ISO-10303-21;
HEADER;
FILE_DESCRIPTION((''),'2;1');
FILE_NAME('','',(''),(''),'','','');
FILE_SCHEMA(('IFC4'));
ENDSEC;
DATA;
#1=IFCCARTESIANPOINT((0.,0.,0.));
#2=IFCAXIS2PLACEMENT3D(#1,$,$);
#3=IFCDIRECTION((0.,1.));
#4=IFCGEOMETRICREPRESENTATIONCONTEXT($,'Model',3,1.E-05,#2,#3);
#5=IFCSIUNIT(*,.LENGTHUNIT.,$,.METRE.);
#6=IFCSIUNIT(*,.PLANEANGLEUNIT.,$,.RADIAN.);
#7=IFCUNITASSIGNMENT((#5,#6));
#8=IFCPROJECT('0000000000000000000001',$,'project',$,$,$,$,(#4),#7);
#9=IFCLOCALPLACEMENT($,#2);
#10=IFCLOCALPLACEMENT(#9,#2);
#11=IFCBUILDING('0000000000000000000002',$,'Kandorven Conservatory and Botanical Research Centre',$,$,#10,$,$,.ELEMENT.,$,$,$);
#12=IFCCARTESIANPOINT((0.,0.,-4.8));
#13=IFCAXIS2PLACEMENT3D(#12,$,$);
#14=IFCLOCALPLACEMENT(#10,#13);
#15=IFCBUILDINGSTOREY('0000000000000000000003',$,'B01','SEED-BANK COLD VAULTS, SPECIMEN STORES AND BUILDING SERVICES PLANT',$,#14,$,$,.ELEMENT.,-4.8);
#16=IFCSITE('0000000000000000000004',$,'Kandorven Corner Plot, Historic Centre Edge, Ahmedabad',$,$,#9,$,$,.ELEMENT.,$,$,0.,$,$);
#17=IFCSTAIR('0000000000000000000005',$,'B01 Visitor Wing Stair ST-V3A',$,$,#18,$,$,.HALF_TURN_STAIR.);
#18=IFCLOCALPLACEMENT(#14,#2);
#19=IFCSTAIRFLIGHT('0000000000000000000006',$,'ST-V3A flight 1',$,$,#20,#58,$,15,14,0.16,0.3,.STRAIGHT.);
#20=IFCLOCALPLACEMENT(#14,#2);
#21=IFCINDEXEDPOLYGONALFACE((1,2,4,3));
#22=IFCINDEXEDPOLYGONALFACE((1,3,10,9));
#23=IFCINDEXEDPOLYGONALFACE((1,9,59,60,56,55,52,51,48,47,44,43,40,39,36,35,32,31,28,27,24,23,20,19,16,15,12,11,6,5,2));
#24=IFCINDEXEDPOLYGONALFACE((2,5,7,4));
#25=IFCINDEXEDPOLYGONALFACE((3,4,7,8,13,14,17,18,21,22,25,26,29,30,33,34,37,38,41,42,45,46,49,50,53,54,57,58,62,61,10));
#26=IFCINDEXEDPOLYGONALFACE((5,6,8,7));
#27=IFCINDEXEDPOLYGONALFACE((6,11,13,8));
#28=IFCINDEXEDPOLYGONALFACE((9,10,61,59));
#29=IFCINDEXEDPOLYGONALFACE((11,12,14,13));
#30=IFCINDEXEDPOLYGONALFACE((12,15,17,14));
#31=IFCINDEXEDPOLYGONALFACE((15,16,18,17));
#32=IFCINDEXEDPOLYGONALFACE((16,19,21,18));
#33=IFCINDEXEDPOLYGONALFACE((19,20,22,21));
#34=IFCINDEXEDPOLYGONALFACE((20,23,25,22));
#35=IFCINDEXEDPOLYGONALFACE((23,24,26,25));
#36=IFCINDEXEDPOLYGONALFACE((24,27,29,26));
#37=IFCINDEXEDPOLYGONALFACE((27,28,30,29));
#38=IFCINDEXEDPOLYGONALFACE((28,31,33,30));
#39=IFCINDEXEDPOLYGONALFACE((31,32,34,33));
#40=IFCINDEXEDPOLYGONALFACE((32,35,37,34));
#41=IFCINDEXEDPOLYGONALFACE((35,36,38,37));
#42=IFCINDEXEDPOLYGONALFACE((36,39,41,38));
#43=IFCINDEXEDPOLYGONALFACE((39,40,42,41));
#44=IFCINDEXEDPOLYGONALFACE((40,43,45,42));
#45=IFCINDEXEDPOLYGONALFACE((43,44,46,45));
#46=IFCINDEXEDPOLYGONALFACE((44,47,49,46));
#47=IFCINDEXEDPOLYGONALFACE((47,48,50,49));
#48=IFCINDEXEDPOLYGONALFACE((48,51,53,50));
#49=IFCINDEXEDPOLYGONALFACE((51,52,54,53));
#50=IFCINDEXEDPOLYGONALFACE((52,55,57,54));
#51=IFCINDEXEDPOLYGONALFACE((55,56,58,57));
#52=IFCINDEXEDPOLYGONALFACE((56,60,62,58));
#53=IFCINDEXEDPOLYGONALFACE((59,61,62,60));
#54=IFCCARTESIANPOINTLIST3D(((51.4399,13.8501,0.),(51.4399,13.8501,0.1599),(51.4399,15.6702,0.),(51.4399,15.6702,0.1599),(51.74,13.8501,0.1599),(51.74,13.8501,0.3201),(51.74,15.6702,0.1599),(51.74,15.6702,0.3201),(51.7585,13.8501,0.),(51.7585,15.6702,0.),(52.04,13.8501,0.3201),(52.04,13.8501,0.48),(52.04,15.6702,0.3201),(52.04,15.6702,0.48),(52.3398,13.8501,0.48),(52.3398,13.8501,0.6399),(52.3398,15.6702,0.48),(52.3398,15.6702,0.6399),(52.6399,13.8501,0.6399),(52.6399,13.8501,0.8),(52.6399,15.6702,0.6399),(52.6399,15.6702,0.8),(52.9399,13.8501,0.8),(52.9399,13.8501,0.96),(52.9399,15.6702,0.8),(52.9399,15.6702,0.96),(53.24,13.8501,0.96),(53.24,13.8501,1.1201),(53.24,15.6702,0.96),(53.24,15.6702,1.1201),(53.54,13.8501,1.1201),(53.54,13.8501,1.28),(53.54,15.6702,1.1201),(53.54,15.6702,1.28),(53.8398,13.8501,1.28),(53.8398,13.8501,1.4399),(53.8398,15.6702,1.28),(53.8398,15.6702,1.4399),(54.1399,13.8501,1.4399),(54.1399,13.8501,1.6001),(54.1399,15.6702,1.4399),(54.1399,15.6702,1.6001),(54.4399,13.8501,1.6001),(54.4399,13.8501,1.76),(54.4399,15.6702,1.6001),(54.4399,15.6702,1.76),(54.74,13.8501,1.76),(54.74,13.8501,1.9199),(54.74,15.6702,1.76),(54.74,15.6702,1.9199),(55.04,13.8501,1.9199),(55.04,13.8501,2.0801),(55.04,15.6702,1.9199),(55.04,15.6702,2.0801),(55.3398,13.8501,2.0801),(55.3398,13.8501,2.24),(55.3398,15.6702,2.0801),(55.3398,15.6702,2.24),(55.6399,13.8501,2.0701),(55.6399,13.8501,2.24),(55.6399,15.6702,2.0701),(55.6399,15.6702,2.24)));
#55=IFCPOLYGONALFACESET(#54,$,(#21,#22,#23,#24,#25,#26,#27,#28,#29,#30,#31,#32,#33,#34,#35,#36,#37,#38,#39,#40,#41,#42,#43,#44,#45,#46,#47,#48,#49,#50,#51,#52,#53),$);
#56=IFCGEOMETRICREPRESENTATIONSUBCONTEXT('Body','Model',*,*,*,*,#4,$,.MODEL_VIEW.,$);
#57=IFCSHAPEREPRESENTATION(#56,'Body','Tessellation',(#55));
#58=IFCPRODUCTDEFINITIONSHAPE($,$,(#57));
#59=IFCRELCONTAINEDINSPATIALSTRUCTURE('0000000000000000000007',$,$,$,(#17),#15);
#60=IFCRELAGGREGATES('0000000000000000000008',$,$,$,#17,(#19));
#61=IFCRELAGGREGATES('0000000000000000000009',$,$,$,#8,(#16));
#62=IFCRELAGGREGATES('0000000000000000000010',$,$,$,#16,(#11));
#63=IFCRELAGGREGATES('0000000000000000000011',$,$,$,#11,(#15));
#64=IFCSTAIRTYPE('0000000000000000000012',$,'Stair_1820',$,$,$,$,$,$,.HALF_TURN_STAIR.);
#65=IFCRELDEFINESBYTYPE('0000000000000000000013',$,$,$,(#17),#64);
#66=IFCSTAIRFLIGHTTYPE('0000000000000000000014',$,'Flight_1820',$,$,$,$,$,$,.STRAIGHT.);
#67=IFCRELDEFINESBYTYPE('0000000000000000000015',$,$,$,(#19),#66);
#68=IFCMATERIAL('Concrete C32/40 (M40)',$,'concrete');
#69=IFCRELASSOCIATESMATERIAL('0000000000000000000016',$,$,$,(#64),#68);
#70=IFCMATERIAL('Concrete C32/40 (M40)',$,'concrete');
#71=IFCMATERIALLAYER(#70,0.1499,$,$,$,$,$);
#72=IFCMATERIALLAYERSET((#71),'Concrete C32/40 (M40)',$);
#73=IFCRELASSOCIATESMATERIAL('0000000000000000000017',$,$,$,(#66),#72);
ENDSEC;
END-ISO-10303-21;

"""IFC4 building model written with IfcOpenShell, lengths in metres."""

from ifc_helpers import new_model, si_unit, direction, frame, origin, place, context, subcontext, project, spatial, polyline, outline, extrude, material, layer, layer_set, type_object, element, aggregate, save


model = new_model("IFC4")

# Units and contexts
model_context = context("Model", 3, precision=1e-05, world=origin(), true_north=direction((0.0, 1.0)))
body_context = subcontext(model_context, "Body", "Model", "MODEL_VIEW")
ifc_project = project(units=[si_unit("LENGTHUNIT", "METRE"), si_unit("PLANEANGLEUNIT", "RADIAN")], contexts=[model_context])

# Site, building, storey
site_placement = place(None, origin())
site = spatial("IfcSite", under=ifc_project, at=site_placement, Name="Kandorven Corner Plot, Historic Centre Edge, Ahmedabad", CompositionType="ELEMENT", RefElevation=0.0)
building_placement = place(site_placement, origin())
building = spatial("IfcBuilding", under=site, at=building_placement, Name="Kandorven Conservatory and Botanical Research Centre", CompositionType="ELEMENT")
storey_placement = place(building_placement, frame((0.0, 0.0, -4.8)))
storey = spatial("IfcBuildingStorey", under=building, at=storey_placement, Name="B01", Description="SEED-BANK COLD VAULTS, SPECIMEN STORES AND BUILDING SERVICES PLANT", CompositionType="ELEMENT", Elevation=-4.8)

# Stair, stair flight
ifc_material_1 = material(Name="Concrete C32/40 (M40)", Category="concrete")
stair_type = type_object("IfcStairType", Name="Stair_1820", PredefinedType="HALF_TURN_STAIR", material=ifc_material_1)
stair_placement = place(storey_placement, origin())
stair = element("IfcStair", 1, at=stair_placement, inside=storey, type_object=stair_type, Name="B01 Visitor Wing Stair ST-V3A", PredefinedType="HALF_TURN_STAIR")
ifc_material_2 = material(Name="Concrete C32/40 (M40)", Category="concrete")
ifc_layer_1 = layer(ifc_material_2, 0.1499)
ifc_layer_set_1 = layer_set([ifc_layer_1], Name="Concrete C32/40 (M40)")
stair_flight_type = type_object("IfcStairFlightType", Name="Flight_1820", PredefinedType="STRAIGHT", material=ifc_layer_set_1)
stair_flight_placement = place(storey_placement, frame((51.4399, 14.76, 0.0), z_axis=(0.0, 0.0, 1.0), x_axis=(1.0, 0.0, 0.0)))
stair_flight = element("IfcStairFlight", 2, at=stair_flight_placement, type_object=stair_flight_type, Name="ST-V3A flight 1", NumberOfRisers=15, NumberOfTreads=14, PredefinedType="STRAIGHT", RiserHeight=0.16, TreadLength=0.3, context=body_context, shape_type="SweptSolid", body=[
    extrude(outline(polyline([(0.0, 0.0), (0.0, 0.1599), (0.3, 0.1599), (0.3, 0.3201), (0.6001, 0.3201), (0.6001, 0.48), (0.8999, 0.48), (0.8999, 0.6399), (1.2, 0.6399), (1.2, 0.8), (1.5, 0.8), (1.5, 0.96), (1.8, 0.96), (1.8, 1.1201), (2.1001, 1.1201), (2.1001, 1.28), (2.3999, 1.28), (2.3999, 1.4399), (2.7, 1.4399), (2.7, 1.6001), (3.0, 1.6001), (3.0, 1.76), (3.3, 1.76), (3.3, 1.9199), (3.6001, 1.9199), (3.6001, 2.0801), (3.8999, 2.0801), (3.8999, 2.24), (4.2, 2.24), (4.2, 2.3999), (4.2, 2.0701), (0.3186, 0.0), (0.0, 0.0)])), frame((0.0, 0.9102, 0.0), z_axis=(0.0, -1.0, 0.0), x_axis=(1.0, 0.0, 0.0)), (0.0, 0.0, 1.0), 1.8201),
])
aggregate(stair, [stair_flight])

save(model, "model.ifc")
